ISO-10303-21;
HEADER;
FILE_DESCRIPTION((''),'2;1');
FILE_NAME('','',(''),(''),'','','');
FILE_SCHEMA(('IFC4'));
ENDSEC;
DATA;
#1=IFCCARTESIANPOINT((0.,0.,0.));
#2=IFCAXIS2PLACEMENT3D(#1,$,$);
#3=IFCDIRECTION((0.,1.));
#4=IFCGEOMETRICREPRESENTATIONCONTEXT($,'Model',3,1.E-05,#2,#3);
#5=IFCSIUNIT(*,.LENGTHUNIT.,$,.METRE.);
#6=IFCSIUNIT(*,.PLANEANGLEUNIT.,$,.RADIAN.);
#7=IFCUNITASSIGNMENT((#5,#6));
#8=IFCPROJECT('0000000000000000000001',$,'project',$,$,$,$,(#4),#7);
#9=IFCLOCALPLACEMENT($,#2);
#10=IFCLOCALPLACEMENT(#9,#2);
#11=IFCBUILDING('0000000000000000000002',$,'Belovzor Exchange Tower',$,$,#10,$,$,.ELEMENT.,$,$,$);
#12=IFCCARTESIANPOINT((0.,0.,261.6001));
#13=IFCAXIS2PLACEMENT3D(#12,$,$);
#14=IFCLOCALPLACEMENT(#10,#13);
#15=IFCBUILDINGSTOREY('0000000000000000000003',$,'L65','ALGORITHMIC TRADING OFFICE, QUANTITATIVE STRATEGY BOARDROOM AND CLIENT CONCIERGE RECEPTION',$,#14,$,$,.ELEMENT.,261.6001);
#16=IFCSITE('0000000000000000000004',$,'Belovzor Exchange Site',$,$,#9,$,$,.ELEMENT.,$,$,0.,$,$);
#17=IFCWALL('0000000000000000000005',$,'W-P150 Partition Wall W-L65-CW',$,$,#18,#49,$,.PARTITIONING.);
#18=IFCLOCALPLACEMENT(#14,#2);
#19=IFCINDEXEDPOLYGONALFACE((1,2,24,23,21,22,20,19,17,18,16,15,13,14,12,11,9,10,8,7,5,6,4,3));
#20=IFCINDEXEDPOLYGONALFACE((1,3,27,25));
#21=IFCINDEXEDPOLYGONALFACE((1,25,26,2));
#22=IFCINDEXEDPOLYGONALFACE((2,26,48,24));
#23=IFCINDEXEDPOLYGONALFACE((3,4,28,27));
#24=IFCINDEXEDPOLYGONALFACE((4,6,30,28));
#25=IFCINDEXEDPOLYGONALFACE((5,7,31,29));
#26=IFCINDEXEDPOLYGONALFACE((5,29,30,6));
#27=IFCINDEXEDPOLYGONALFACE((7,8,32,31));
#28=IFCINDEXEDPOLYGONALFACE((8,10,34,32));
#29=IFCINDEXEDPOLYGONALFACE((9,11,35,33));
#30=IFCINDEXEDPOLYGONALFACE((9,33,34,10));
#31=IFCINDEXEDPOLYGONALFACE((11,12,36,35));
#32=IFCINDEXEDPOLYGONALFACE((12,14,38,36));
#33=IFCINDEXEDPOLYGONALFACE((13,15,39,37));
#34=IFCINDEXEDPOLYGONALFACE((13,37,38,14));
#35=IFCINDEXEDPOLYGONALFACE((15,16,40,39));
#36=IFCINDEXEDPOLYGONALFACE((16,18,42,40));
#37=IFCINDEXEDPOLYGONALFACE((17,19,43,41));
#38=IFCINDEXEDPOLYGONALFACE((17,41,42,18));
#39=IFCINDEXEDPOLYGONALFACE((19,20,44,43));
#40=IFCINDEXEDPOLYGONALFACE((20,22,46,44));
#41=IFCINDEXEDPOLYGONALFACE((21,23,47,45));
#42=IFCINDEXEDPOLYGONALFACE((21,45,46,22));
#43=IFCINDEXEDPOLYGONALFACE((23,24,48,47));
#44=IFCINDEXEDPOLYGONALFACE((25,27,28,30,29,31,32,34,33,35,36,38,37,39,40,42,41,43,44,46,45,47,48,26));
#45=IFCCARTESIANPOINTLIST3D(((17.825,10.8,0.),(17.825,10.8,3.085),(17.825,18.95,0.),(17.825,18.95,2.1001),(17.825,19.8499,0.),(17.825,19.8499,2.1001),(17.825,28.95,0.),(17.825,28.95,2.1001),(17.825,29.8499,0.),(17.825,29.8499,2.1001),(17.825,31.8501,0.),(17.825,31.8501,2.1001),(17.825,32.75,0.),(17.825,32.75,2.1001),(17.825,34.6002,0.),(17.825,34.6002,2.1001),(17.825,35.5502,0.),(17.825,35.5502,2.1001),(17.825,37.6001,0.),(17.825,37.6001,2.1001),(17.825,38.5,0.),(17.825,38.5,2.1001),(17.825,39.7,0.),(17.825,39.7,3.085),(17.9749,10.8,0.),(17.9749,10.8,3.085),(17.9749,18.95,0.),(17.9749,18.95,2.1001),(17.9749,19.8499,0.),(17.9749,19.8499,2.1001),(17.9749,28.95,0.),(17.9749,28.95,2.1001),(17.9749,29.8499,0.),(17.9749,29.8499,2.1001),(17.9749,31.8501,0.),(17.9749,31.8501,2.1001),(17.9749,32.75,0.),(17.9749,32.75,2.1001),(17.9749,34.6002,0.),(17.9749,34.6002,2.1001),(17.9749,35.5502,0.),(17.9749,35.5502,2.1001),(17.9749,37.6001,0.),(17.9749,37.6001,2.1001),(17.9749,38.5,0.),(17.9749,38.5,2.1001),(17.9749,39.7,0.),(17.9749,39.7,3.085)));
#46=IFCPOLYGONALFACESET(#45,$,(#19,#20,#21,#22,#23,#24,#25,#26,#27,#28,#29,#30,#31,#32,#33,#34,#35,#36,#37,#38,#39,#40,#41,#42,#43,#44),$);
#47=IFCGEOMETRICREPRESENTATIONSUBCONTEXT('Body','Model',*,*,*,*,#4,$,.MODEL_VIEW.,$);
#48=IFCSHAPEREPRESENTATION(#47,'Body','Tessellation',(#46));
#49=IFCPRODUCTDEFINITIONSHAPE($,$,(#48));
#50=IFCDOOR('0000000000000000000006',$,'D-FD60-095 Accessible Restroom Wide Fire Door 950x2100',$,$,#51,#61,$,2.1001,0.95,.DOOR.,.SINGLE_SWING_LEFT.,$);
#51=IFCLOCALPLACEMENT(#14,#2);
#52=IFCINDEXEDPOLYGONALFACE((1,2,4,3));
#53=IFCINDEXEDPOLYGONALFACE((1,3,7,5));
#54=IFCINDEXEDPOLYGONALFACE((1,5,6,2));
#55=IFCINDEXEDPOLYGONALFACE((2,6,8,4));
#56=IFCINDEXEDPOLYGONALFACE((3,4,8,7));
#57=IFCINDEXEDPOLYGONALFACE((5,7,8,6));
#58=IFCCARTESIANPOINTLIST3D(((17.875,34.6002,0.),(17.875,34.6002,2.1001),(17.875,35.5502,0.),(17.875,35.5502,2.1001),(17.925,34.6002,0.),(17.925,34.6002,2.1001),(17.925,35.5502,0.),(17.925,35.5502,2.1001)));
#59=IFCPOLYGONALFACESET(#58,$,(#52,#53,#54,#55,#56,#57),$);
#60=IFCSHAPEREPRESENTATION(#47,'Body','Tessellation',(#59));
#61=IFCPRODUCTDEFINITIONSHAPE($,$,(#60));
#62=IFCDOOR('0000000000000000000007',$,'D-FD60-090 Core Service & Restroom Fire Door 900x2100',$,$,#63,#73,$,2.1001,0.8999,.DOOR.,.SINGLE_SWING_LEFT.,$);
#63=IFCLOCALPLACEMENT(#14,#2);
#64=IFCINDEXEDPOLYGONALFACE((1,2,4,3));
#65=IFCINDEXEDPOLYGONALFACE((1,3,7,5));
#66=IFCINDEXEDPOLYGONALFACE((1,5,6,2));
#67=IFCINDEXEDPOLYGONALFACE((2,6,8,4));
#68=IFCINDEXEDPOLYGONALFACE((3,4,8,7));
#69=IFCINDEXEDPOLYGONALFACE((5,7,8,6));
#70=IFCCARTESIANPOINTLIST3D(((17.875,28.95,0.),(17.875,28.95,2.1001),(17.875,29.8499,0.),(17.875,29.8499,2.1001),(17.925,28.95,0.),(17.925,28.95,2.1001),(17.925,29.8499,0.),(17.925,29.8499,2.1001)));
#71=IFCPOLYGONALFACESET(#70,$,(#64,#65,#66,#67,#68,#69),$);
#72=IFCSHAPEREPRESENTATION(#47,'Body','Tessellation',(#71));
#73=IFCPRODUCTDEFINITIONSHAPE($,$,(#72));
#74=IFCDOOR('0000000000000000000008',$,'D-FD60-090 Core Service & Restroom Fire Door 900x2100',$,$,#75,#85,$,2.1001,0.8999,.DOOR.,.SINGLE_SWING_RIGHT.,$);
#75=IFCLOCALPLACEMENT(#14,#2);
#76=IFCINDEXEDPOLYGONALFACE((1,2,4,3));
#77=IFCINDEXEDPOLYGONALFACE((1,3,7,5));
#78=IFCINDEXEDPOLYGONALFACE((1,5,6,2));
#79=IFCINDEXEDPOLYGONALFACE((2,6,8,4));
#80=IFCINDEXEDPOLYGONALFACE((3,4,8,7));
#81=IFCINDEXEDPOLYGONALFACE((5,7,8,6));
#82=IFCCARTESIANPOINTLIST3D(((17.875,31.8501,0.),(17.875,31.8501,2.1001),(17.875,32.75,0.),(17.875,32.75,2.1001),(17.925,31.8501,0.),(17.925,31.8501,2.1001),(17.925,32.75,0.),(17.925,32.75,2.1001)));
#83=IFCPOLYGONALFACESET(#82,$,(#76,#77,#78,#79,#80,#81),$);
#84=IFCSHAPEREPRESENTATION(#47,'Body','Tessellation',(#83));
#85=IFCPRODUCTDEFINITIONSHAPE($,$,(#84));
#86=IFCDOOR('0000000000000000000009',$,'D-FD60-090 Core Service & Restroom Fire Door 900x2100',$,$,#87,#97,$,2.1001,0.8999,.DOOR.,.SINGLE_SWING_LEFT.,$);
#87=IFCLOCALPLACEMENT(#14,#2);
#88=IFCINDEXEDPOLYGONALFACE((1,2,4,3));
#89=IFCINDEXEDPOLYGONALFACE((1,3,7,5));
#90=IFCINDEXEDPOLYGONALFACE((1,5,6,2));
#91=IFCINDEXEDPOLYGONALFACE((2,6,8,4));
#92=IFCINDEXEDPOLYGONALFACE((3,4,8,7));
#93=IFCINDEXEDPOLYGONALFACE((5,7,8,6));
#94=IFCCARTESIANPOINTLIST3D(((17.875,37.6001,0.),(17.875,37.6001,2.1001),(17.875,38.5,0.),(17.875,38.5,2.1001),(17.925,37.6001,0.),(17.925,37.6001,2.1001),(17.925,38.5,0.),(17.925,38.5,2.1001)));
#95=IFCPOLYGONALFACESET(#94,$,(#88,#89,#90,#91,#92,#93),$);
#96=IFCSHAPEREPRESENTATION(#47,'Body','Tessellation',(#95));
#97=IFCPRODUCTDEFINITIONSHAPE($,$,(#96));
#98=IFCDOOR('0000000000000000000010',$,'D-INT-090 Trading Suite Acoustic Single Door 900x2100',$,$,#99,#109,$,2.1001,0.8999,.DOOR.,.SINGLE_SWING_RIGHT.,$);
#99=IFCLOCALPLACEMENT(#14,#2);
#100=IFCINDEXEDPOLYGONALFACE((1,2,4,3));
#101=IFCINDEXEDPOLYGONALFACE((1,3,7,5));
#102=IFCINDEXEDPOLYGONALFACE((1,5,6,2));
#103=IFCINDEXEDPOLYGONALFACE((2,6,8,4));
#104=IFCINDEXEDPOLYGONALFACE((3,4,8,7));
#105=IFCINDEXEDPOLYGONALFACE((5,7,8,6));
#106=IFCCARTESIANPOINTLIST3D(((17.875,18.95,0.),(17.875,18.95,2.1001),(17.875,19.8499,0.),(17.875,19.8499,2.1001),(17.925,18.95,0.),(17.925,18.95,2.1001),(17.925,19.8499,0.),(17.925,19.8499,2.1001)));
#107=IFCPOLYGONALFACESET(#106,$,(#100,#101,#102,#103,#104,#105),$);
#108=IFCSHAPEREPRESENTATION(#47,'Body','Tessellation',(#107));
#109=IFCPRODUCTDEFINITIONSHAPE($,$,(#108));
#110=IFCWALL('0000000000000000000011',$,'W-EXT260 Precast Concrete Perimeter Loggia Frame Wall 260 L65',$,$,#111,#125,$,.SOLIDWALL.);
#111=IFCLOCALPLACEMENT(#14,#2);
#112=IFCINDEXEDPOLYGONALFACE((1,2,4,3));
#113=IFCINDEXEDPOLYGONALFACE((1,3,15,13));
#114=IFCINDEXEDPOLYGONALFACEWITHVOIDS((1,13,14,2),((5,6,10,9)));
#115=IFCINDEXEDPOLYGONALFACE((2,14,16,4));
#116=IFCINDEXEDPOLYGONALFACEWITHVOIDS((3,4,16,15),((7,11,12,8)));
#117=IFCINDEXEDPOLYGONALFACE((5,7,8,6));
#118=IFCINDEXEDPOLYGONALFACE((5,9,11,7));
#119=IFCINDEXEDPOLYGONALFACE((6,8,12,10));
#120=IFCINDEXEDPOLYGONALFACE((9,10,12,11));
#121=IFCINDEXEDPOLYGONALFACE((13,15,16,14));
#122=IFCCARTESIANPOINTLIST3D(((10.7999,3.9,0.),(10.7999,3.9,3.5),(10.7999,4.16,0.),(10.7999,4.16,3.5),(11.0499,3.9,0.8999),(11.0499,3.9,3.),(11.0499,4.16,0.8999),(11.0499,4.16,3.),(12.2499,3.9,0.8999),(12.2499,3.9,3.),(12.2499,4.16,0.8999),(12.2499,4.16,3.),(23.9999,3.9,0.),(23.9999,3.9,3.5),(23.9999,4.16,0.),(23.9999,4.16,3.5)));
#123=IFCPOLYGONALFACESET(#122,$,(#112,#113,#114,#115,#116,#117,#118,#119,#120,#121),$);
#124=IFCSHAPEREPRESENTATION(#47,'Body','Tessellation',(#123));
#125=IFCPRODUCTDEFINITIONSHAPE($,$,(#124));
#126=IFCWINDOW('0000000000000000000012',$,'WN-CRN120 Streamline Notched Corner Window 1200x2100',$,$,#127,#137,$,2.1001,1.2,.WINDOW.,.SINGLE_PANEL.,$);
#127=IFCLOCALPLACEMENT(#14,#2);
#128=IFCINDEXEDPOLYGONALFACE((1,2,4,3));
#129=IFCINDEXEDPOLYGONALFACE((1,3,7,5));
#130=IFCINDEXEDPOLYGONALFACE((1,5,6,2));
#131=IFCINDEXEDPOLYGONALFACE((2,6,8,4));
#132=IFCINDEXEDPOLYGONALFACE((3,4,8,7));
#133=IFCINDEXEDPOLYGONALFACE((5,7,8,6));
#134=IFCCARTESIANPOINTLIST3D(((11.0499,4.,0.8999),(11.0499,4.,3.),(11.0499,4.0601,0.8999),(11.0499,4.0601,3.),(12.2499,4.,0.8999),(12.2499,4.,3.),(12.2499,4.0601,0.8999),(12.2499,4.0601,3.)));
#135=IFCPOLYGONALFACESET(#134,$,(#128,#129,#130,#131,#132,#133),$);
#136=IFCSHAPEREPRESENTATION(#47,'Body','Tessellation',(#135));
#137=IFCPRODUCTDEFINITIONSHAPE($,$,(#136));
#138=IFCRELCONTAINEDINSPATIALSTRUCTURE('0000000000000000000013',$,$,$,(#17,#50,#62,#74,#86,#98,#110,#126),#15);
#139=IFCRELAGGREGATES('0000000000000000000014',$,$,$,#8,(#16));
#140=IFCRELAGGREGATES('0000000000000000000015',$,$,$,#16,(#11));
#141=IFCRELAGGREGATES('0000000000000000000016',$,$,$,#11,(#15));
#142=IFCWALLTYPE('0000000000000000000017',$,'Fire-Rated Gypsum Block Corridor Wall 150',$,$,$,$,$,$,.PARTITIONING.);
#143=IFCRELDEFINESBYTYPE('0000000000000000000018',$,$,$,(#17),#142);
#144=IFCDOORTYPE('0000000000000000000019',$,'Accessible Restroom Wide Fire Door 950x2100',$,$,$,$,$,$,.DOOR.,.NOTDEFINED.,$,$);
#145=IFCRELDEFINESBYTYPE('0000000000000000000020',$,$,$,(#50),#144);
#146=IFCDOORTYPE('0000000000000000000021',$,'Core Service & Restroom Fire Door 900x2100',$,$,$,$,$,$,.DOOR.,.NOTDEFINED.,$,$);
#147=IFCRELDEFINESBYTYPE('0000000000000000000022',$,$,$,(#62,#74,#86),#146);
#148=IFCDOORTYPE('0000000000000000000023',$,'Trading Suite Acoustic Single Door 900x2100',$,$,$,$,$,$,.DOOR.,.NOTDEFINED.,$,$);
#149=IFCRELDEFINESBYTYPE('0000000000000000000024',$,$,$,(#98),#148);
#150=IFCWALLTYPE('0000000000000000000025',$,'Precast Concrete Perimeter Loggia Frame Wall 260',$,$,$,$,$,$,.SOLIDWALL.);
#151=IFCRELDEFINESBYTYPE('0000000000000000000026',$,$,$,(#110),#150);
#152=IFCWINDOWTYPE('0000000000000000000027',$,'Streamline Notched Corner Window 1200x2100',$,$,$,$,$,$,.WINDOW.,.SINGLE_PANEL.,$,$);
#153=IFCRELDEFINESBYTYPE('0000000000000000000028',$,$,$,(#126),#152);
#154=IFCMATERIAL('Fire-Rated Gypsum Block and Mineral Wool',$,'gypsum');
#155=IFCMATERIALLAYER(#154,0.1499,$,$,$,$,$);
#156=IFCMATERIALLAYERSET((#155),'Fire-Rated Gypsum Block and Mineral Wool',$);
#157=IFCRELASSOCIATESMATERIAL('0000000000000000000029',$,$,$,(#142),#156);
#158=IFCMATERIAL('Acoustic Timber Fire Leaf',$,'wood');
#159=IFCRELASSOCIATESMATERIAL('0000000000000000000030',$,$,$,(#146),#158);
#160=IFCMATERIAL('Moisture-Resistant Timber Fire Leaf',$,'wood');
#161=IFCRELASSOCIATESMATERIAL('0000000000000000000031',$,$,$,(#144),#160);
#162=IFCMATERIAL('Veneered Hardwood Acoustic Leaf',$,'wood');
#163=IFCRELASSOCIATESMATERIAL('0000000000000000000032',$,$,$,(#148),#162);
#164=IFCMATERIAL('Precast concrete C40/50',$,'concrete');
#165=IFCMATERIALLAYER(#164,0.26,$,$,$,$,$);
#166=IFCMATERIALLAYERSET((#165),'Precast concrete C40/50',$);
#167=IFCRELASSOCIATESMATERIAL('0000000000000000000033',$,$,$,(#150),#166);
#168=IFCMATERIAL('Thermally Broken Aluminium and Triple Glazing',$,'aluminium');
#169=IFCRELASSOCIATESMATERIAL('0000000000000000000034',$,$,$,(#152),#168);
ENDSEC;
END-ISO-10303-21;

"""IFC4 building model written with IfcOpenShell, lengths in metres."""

from ifc_helpers import new_model, si_unit, direction, frame, frame_2d, origin, place, context, subcontext, project, spatial, rectangle, extrude, material, layer, layer_set, type_object, element, fill, save


model = new_model("IFC4")

# Units and contexts
model_context = context("Model", 3, precision=1e-05, world=origin(), true_north=direction((0.0, 1.0)))
body_context = subcontext(model_context, "Body", "Model", "MODEL_VIEW")
ifc_project = project(units=[si_unit("LENGTHUNIT", "METRE"), si_unit("PLANEANGLEUNIT", "RADIAN")], contexts=[model_context])

# Site, building, storey
site_placement = place(None, origin())
site = spatial("IfcSite", under=ifc_project, at=site_placement, Name="Belovzor Exchange Site", CompositionType="ELEMENT", RefElevation=0.0)
building_placement = place(site_placement, origin())
building = spatial("IfcBuilding", under=site, at=building_placement, Name="Belovzor Exchange Tower", CompositionType="ELEMENT")
storey_placement = place(building_placement, frame((0.0, 0.0, 261.6001)))
storey = spatial("IfcBuildingStorey", under=building, at=storey_placement, Name="L65", Description="ALGORITHMIC TRADING OFFICE, QUANTITATIVE STRATEGY BOARDROOM AND CLIENT CONCIERGE RECEPTION", CompositionType="ELEMENT", Elevation=261.6001)

# Shared definitions
ifc_material_1 = material(Name="Fire-Rated Gypsum Block and Mineral Wool", Category="gypsum")
ifc_layer_1 = layer(ifc_material_1, 0.1499)
ifc_layer_set_1 = layer_set([ifc_layer_1], Name="Fire-Rated Gypsum Block and Mineral Wool")
wall_type_1 = type_object("IfcWallType", Name="Fire-Rated Gypsum Block Corridor Wall 150", PredefinedType="PARTITIONING", material=ifc_layer_set_1)
ifc_material_2 = material(Name="Acoustic Timber Fire Leaf", Category="wood")
door_type_1 = type_object("IfcDoorType", Name="Core Service & Restroom Fire Door 900x2100", OperationType="NOTDEFINED", PredefinedType="DOOR", material=ifc_material_2)

# Wall, openings, doors
wall_1_placement = place(storey_placement, frame((17.8999, 10.8, 0.0), z_axis=(0.0, 0.0, 1.0), x_axis=(0.0, 1.0, 0.0)))
wall_1 = element("IfcWall", 1, at=wall_1_placement, inside=storey, type_object=wall_type_1, Name="W-P150 Partition Wall W-L65-CW", PredefinedType="PARTITIONING", context=body_context, shape_type="SweptSolid", body=[
    extrude(rectangle(XDim=28.8999, YDim=0.1499, at=frame_2d((14.45, 0.0))), origin(), (0.0, 0.0, 1.0), 3.085),
])
opening_1_placement = place(wall_1_placement, frame((8.1499, 0.0, 0.0)))
opening_1 = element("IfcOpeningElement", 2, at=opening_1_placement, cuts=wall_1, PredefinedType="OPENING", context=body_context, shape_type="SweptSolid", body=[
    extrude(rectangle(XDim=0.8999, YDim=2.1001, at=frame_2d((0.45, 1.05))), frame((0.0, 0.085, 0.0), z_axis=(0.0, -1.0, 0.0), x_axis=(1.0, 0.0, 0.0)), (0.0, 0.0, 1.0), 0.1699),
])
opening_2_placement = place(wall_1_placement, frame((18.1499, 0.0, 0.0)))
opening_2 = element("IfcOpeningElement", 3, at=opening_2_placement, cuts=wall_1, PredefinedType="OPENING", context=body_context, shape_type="SweptSolid", body=[
    extrude(rectangle(XDim=0.8999, YDim=2.1001, at=frame_2d((0.45, 1.05))), frame((0.0, 0.085, 0.0), z_axis=(0.0, -1.0, 0.0), x_axis=(1.0, 0.0, 0.0)), (0.0, 0.0, 1.0), 0.1699),
])
opening_3_placement = place(wall_1_placement, frame((21.05, 0.0, 0.0)))
opening_3 = element("IfcOpeningElement", 4, at=opening_3_placement, cuts=wall_1, PredefinedType="OPENING", context=body_context, shape_type="SweptSolid", body=[
    extrude(rectangle(XDim=0.8999, YDim=2.1001, at=frame_2d((0.45, 1.05))), frame((0.0, 0.085, 0.0), z_axis=(0.0, -1.0, 0.0), x_axis=(1.0, 0.0, 0.0)), (0.0, 0.0, 1.0), 0.1699),
])
opening_4_placement = place(wall_1_placement, frame((23.8, 0.0, 0.0)))
opening_4 = element("IfcOpeningElement", 5, at=opening_4_placement, cuts=wall_1, PredefinedType="OPENING", context=body_context, shape_type="SweptSolid", body=[
    extrude(rectangle(XDim=0.95, YDim=2.1001, at=frame_2d((0.4751, 1.05))), frame((0.0, 0.085, 0.0), z_axis=(0.0, -1.0, 0.0), x_axis=(1.0, 0.0, 0.0)), (0.0, 0.0, 1.0), 0.1699),
])
opening_5_placement = place(wall_1_placement, frame((26.8, 0.0, 0.0)))
opening_5 = element("IfcOpeningElement", 6, at=opening_5_placement, cuts=wall_1, PredefinedType="OPENING", context=body_context, shape_type="SweptSolid", body=[
    extrude(rectangle(XDim=0.8999, YDim=2.1001, at=frame_2d((0.45, 1.05))), frame((0.0, 0.085, 0.0), z_axis=(0.0, -1.0, 0.0), x_axis=(1.0, 0.0, 0.0)), (0.0, 0.0, 1.0), 0.1699),
])
ifc_material_3 = material(Name="Moisture-Resistant Timber Fire Leaf", Category="wood")
door_type_2 = type_object("IfcDoorType", Name="Accessible Restroom Wide Fire Door 950x2100", OperationType="NOTDEFINED", PredefinedType="DOOR", material=ifc_material_3)
door_1_placement = place(opening_4_placement, origin())
door_1 = element("IfcDoor", 7, at=door_1_placement, inside=storey, type_object=door_type_2, Name="D-FD60-095 Accessible Restroom Wide Fire Door 950x2100", OperationType="SINGLE_SWING_LEFT", OverallHeight=2.1001, OverallWidth=0.95, PredefinedType="DOOR", context=body_context, shape_type="SweptSolid", body=[
    extrude(rectangle(XDim=0.95, YDim=2.1001, at=frame_2d((0.4751, 1.05))), frame((0.0, 0.0249, 0.0), z_axis=(0.0, -1.0, 0.0), x_axis=(1.0, 0.0, 0.0)), (0.0, 0.0, 1.0), 0.05),
])
fill(opening_4, door_1)
door_2_placement = place(opening_2_placement, origin())
door_2 = element("IfcDoor", 8, at=door_2_placement, inside=storey, type_object=door_type_1, Name="D-FD60-090 Core Service & Restroom Fire Door 900x2100", OperationType="SINGLE_SWING_LEFT", OverallHeight=2.1001, OverallWidth=0.8999, PredefinedType="DOOR", context=body_context, shape_type="SweptSolid", body=[
    extrude(rectangle(XDim=0.8999, YDim=2.1001, at=frame_2d((0.45, 1.05))), frame((0.0, 0.0249, 0.0), z_axis=(0.0, -1.0, 0.0), x_axis=(1.0, 0.0, 0.0)), (0.0, 0.0, 1.0), 0.05),
])
fill(opening_2, door_2)
door_3_placement = place(opening_3_placement, origin())
door_3 = element("IfcDoor", 9, at=door_3_placement, inside=storey, type_object=door_type_1, Name="D-FD60-090 Core Service & Restroom Fire Door 900x2100", OperationType="SINGLE_SWING_RIGHT", OverallHeight=2.1001, OverallWidth=0.8999, PredefinedType="DOOR", context=body_context, shape_type="SweptSolid", body=[
    extrude(rectangle(XDim=0.8999, YDim=2.1001, at=frame_2d((0.45, 1.05))), frame((0.0, 0.0249, 0.0), z_axis=(0.0, -1.0, 0.0), x_axis=(1.0, 0.0, 0.0)), (0.0, 0.0, 1.0), 0.05),
])
fill(opening_3, door_3)
door_4_placement = place(opening_5_placement, origin())
door_4 = element("IfcDoor", 10, at=door_4_placement, inside=storey, type_object=door_type_1, Name="D-FD60-090 Core Service & Restroom Fire Door 900x2100", OperationType="SINGLE_SWING_LEFT", OverallHeight=2.1001, OverallWidth=0.8999, PredefinedType="DOOR", context=body_context, shape_type="SweptSolid", body=[
    extrude(rectangle(XDim=0.8999, YDim=2.1001, at=frame_2d((0.45, 1.05))), frame((0.0, 0.0249, 0.0), z_axis=(0.0, -1.0, 0.0), x_axis=(1.0, 0.0, 0.0)), (0.0, 0.0, 1.0), 0.05),
])
fill(opening_5, door_4)
ifc_material_4 = material(Name="Veneered Hardwood Acoustic Leaf", Category="wood")
door_type_3 = type_object("IfcDoorType", Name="Trading Suite Acoustic Single Door 900x2100", OperationType="NOTDEFINED", PredefinedType="DOOR", material=ifc_material_4)
door_5_placement = place(opening_1_placement, origin())
door_5 = element("IfcDoor", 11, at=door_5_placement, inside=storey, type_object=door_type_3, Name="D-INT-090 Trading Suite Acoustic Single Door 900x2100", OperationType="SINGLE_SWING_RIGHT", OverallHeight=2.1001, OverallWidth=0.8999, PredefinedType="DOOR", context=body_context, shape_type="SweptSolid", body=[
    extrude(rectangle(XDim=0.8999, YDim=2.1001, at=frame_2d((0.45, 1.05))), frame((0.0, 0.0249, 0.0), z_axis=(0.0, -1.0, 0.0), x_axis=(1.0, 0.0, 0.0)), (0.0, 0.0, 1.0), 0.05),
])
fill(opening_1, door_5)

# Wall, opening, window
ifc_material_5 = material(Name="Precast concrete C40/50", Category="concrete")
ifc_layer_2 = layer(ifc_material_5, 0.26)
ifc_layer_set_2 = layer_set([ifc_layer_2], Name="Precast concrete C40/50")
wall_type_2 = type_object("IfcWallType", Name="Precast Concrete Perimeter Loggia Frame Wall 260", PredefinedType="SOLIDWALL", material=ifc_layer_set_2)
wall_2_placement = place(storey_placement, frame((24.0, 4.03, 0.0), z_axis=(0.0, 0.0, 1.0), x_axis=(-1.0, 0.0, 0.0)))
wall_2 = element("IfcWall", 12, at=wall_2_placement, inside=storey, type_object=wall_type_2, Name="W-EXT260 Precast Concrete Perimeter Loggia Frame Wall 260 L65", PredefinedType="SOLIDWALL", context=body_context, shape_type="SweptSolid", body=[
    extrude(rectangle(XDim=13.2, YDim=0.26, at=frame_2d((6.6001, 0.0))), origin(), (0.0, 0.0, 1.0), 3.5),
])
opening_6_placement = place(wall_2_placement, frame((11.75, 0.0, 0.8999)))
opening_6 = element("IfcOpeningElement", 13, at=opening_6_placement, cuts=wall_2, PredefinedType="OPENING", context=body_context, shape_type="SweptSolid", body=[
    extrude(rectangle(XDim=1.2, YDim=2.1001, at=frame_2d((0.6001, 1.05))), frame((0.0, 0.1399, 0.0), z_axis=(0.0, -1.0, 0.0), x_axis=(1.0, 0.0, 0.0)), (0.0, 0.0, 1.0), 0.28),
])
ifc_material_6 = material(Name="Thermally Broken Aluminium and Triple Glazing", Category="aluminium")
window_type = type_object("IfcWindowType", Name="Streamline Notched Corner Window 1200x2100", PartitioningType="SINGLE_PANEL", PredefinedType="WINDOW", material=ifc_material_6)
window_placement = place(opening_6_placement, origin())
window = element("IfcWindow", 14, at=window_placement, inside=storey, type_object=window_type, Name="WN-CRN120 Streamline Notched Corner Window 1200x2100", OverallHeight=2.1001, OverallWidth=1.2, PartitioningType="SINGLE_PANEL", PredefinedType="WINDOW", context=body_context, shape_type="SweptSolid", body=[
    extrude(rectangle(XDim=1.2, YDim=2.1001, at=frame_2d((0.6001, 1.05))), frame((0.0, 0.03, 0.0), z_axis=(0.0, -1.0, 0.0), x_axis=(1.0, 0.0, 0.0)), (0.0, 0.0, 1.0), 0.0601),
])
fill(opening_6, window)

save(model, "model.ifc")
